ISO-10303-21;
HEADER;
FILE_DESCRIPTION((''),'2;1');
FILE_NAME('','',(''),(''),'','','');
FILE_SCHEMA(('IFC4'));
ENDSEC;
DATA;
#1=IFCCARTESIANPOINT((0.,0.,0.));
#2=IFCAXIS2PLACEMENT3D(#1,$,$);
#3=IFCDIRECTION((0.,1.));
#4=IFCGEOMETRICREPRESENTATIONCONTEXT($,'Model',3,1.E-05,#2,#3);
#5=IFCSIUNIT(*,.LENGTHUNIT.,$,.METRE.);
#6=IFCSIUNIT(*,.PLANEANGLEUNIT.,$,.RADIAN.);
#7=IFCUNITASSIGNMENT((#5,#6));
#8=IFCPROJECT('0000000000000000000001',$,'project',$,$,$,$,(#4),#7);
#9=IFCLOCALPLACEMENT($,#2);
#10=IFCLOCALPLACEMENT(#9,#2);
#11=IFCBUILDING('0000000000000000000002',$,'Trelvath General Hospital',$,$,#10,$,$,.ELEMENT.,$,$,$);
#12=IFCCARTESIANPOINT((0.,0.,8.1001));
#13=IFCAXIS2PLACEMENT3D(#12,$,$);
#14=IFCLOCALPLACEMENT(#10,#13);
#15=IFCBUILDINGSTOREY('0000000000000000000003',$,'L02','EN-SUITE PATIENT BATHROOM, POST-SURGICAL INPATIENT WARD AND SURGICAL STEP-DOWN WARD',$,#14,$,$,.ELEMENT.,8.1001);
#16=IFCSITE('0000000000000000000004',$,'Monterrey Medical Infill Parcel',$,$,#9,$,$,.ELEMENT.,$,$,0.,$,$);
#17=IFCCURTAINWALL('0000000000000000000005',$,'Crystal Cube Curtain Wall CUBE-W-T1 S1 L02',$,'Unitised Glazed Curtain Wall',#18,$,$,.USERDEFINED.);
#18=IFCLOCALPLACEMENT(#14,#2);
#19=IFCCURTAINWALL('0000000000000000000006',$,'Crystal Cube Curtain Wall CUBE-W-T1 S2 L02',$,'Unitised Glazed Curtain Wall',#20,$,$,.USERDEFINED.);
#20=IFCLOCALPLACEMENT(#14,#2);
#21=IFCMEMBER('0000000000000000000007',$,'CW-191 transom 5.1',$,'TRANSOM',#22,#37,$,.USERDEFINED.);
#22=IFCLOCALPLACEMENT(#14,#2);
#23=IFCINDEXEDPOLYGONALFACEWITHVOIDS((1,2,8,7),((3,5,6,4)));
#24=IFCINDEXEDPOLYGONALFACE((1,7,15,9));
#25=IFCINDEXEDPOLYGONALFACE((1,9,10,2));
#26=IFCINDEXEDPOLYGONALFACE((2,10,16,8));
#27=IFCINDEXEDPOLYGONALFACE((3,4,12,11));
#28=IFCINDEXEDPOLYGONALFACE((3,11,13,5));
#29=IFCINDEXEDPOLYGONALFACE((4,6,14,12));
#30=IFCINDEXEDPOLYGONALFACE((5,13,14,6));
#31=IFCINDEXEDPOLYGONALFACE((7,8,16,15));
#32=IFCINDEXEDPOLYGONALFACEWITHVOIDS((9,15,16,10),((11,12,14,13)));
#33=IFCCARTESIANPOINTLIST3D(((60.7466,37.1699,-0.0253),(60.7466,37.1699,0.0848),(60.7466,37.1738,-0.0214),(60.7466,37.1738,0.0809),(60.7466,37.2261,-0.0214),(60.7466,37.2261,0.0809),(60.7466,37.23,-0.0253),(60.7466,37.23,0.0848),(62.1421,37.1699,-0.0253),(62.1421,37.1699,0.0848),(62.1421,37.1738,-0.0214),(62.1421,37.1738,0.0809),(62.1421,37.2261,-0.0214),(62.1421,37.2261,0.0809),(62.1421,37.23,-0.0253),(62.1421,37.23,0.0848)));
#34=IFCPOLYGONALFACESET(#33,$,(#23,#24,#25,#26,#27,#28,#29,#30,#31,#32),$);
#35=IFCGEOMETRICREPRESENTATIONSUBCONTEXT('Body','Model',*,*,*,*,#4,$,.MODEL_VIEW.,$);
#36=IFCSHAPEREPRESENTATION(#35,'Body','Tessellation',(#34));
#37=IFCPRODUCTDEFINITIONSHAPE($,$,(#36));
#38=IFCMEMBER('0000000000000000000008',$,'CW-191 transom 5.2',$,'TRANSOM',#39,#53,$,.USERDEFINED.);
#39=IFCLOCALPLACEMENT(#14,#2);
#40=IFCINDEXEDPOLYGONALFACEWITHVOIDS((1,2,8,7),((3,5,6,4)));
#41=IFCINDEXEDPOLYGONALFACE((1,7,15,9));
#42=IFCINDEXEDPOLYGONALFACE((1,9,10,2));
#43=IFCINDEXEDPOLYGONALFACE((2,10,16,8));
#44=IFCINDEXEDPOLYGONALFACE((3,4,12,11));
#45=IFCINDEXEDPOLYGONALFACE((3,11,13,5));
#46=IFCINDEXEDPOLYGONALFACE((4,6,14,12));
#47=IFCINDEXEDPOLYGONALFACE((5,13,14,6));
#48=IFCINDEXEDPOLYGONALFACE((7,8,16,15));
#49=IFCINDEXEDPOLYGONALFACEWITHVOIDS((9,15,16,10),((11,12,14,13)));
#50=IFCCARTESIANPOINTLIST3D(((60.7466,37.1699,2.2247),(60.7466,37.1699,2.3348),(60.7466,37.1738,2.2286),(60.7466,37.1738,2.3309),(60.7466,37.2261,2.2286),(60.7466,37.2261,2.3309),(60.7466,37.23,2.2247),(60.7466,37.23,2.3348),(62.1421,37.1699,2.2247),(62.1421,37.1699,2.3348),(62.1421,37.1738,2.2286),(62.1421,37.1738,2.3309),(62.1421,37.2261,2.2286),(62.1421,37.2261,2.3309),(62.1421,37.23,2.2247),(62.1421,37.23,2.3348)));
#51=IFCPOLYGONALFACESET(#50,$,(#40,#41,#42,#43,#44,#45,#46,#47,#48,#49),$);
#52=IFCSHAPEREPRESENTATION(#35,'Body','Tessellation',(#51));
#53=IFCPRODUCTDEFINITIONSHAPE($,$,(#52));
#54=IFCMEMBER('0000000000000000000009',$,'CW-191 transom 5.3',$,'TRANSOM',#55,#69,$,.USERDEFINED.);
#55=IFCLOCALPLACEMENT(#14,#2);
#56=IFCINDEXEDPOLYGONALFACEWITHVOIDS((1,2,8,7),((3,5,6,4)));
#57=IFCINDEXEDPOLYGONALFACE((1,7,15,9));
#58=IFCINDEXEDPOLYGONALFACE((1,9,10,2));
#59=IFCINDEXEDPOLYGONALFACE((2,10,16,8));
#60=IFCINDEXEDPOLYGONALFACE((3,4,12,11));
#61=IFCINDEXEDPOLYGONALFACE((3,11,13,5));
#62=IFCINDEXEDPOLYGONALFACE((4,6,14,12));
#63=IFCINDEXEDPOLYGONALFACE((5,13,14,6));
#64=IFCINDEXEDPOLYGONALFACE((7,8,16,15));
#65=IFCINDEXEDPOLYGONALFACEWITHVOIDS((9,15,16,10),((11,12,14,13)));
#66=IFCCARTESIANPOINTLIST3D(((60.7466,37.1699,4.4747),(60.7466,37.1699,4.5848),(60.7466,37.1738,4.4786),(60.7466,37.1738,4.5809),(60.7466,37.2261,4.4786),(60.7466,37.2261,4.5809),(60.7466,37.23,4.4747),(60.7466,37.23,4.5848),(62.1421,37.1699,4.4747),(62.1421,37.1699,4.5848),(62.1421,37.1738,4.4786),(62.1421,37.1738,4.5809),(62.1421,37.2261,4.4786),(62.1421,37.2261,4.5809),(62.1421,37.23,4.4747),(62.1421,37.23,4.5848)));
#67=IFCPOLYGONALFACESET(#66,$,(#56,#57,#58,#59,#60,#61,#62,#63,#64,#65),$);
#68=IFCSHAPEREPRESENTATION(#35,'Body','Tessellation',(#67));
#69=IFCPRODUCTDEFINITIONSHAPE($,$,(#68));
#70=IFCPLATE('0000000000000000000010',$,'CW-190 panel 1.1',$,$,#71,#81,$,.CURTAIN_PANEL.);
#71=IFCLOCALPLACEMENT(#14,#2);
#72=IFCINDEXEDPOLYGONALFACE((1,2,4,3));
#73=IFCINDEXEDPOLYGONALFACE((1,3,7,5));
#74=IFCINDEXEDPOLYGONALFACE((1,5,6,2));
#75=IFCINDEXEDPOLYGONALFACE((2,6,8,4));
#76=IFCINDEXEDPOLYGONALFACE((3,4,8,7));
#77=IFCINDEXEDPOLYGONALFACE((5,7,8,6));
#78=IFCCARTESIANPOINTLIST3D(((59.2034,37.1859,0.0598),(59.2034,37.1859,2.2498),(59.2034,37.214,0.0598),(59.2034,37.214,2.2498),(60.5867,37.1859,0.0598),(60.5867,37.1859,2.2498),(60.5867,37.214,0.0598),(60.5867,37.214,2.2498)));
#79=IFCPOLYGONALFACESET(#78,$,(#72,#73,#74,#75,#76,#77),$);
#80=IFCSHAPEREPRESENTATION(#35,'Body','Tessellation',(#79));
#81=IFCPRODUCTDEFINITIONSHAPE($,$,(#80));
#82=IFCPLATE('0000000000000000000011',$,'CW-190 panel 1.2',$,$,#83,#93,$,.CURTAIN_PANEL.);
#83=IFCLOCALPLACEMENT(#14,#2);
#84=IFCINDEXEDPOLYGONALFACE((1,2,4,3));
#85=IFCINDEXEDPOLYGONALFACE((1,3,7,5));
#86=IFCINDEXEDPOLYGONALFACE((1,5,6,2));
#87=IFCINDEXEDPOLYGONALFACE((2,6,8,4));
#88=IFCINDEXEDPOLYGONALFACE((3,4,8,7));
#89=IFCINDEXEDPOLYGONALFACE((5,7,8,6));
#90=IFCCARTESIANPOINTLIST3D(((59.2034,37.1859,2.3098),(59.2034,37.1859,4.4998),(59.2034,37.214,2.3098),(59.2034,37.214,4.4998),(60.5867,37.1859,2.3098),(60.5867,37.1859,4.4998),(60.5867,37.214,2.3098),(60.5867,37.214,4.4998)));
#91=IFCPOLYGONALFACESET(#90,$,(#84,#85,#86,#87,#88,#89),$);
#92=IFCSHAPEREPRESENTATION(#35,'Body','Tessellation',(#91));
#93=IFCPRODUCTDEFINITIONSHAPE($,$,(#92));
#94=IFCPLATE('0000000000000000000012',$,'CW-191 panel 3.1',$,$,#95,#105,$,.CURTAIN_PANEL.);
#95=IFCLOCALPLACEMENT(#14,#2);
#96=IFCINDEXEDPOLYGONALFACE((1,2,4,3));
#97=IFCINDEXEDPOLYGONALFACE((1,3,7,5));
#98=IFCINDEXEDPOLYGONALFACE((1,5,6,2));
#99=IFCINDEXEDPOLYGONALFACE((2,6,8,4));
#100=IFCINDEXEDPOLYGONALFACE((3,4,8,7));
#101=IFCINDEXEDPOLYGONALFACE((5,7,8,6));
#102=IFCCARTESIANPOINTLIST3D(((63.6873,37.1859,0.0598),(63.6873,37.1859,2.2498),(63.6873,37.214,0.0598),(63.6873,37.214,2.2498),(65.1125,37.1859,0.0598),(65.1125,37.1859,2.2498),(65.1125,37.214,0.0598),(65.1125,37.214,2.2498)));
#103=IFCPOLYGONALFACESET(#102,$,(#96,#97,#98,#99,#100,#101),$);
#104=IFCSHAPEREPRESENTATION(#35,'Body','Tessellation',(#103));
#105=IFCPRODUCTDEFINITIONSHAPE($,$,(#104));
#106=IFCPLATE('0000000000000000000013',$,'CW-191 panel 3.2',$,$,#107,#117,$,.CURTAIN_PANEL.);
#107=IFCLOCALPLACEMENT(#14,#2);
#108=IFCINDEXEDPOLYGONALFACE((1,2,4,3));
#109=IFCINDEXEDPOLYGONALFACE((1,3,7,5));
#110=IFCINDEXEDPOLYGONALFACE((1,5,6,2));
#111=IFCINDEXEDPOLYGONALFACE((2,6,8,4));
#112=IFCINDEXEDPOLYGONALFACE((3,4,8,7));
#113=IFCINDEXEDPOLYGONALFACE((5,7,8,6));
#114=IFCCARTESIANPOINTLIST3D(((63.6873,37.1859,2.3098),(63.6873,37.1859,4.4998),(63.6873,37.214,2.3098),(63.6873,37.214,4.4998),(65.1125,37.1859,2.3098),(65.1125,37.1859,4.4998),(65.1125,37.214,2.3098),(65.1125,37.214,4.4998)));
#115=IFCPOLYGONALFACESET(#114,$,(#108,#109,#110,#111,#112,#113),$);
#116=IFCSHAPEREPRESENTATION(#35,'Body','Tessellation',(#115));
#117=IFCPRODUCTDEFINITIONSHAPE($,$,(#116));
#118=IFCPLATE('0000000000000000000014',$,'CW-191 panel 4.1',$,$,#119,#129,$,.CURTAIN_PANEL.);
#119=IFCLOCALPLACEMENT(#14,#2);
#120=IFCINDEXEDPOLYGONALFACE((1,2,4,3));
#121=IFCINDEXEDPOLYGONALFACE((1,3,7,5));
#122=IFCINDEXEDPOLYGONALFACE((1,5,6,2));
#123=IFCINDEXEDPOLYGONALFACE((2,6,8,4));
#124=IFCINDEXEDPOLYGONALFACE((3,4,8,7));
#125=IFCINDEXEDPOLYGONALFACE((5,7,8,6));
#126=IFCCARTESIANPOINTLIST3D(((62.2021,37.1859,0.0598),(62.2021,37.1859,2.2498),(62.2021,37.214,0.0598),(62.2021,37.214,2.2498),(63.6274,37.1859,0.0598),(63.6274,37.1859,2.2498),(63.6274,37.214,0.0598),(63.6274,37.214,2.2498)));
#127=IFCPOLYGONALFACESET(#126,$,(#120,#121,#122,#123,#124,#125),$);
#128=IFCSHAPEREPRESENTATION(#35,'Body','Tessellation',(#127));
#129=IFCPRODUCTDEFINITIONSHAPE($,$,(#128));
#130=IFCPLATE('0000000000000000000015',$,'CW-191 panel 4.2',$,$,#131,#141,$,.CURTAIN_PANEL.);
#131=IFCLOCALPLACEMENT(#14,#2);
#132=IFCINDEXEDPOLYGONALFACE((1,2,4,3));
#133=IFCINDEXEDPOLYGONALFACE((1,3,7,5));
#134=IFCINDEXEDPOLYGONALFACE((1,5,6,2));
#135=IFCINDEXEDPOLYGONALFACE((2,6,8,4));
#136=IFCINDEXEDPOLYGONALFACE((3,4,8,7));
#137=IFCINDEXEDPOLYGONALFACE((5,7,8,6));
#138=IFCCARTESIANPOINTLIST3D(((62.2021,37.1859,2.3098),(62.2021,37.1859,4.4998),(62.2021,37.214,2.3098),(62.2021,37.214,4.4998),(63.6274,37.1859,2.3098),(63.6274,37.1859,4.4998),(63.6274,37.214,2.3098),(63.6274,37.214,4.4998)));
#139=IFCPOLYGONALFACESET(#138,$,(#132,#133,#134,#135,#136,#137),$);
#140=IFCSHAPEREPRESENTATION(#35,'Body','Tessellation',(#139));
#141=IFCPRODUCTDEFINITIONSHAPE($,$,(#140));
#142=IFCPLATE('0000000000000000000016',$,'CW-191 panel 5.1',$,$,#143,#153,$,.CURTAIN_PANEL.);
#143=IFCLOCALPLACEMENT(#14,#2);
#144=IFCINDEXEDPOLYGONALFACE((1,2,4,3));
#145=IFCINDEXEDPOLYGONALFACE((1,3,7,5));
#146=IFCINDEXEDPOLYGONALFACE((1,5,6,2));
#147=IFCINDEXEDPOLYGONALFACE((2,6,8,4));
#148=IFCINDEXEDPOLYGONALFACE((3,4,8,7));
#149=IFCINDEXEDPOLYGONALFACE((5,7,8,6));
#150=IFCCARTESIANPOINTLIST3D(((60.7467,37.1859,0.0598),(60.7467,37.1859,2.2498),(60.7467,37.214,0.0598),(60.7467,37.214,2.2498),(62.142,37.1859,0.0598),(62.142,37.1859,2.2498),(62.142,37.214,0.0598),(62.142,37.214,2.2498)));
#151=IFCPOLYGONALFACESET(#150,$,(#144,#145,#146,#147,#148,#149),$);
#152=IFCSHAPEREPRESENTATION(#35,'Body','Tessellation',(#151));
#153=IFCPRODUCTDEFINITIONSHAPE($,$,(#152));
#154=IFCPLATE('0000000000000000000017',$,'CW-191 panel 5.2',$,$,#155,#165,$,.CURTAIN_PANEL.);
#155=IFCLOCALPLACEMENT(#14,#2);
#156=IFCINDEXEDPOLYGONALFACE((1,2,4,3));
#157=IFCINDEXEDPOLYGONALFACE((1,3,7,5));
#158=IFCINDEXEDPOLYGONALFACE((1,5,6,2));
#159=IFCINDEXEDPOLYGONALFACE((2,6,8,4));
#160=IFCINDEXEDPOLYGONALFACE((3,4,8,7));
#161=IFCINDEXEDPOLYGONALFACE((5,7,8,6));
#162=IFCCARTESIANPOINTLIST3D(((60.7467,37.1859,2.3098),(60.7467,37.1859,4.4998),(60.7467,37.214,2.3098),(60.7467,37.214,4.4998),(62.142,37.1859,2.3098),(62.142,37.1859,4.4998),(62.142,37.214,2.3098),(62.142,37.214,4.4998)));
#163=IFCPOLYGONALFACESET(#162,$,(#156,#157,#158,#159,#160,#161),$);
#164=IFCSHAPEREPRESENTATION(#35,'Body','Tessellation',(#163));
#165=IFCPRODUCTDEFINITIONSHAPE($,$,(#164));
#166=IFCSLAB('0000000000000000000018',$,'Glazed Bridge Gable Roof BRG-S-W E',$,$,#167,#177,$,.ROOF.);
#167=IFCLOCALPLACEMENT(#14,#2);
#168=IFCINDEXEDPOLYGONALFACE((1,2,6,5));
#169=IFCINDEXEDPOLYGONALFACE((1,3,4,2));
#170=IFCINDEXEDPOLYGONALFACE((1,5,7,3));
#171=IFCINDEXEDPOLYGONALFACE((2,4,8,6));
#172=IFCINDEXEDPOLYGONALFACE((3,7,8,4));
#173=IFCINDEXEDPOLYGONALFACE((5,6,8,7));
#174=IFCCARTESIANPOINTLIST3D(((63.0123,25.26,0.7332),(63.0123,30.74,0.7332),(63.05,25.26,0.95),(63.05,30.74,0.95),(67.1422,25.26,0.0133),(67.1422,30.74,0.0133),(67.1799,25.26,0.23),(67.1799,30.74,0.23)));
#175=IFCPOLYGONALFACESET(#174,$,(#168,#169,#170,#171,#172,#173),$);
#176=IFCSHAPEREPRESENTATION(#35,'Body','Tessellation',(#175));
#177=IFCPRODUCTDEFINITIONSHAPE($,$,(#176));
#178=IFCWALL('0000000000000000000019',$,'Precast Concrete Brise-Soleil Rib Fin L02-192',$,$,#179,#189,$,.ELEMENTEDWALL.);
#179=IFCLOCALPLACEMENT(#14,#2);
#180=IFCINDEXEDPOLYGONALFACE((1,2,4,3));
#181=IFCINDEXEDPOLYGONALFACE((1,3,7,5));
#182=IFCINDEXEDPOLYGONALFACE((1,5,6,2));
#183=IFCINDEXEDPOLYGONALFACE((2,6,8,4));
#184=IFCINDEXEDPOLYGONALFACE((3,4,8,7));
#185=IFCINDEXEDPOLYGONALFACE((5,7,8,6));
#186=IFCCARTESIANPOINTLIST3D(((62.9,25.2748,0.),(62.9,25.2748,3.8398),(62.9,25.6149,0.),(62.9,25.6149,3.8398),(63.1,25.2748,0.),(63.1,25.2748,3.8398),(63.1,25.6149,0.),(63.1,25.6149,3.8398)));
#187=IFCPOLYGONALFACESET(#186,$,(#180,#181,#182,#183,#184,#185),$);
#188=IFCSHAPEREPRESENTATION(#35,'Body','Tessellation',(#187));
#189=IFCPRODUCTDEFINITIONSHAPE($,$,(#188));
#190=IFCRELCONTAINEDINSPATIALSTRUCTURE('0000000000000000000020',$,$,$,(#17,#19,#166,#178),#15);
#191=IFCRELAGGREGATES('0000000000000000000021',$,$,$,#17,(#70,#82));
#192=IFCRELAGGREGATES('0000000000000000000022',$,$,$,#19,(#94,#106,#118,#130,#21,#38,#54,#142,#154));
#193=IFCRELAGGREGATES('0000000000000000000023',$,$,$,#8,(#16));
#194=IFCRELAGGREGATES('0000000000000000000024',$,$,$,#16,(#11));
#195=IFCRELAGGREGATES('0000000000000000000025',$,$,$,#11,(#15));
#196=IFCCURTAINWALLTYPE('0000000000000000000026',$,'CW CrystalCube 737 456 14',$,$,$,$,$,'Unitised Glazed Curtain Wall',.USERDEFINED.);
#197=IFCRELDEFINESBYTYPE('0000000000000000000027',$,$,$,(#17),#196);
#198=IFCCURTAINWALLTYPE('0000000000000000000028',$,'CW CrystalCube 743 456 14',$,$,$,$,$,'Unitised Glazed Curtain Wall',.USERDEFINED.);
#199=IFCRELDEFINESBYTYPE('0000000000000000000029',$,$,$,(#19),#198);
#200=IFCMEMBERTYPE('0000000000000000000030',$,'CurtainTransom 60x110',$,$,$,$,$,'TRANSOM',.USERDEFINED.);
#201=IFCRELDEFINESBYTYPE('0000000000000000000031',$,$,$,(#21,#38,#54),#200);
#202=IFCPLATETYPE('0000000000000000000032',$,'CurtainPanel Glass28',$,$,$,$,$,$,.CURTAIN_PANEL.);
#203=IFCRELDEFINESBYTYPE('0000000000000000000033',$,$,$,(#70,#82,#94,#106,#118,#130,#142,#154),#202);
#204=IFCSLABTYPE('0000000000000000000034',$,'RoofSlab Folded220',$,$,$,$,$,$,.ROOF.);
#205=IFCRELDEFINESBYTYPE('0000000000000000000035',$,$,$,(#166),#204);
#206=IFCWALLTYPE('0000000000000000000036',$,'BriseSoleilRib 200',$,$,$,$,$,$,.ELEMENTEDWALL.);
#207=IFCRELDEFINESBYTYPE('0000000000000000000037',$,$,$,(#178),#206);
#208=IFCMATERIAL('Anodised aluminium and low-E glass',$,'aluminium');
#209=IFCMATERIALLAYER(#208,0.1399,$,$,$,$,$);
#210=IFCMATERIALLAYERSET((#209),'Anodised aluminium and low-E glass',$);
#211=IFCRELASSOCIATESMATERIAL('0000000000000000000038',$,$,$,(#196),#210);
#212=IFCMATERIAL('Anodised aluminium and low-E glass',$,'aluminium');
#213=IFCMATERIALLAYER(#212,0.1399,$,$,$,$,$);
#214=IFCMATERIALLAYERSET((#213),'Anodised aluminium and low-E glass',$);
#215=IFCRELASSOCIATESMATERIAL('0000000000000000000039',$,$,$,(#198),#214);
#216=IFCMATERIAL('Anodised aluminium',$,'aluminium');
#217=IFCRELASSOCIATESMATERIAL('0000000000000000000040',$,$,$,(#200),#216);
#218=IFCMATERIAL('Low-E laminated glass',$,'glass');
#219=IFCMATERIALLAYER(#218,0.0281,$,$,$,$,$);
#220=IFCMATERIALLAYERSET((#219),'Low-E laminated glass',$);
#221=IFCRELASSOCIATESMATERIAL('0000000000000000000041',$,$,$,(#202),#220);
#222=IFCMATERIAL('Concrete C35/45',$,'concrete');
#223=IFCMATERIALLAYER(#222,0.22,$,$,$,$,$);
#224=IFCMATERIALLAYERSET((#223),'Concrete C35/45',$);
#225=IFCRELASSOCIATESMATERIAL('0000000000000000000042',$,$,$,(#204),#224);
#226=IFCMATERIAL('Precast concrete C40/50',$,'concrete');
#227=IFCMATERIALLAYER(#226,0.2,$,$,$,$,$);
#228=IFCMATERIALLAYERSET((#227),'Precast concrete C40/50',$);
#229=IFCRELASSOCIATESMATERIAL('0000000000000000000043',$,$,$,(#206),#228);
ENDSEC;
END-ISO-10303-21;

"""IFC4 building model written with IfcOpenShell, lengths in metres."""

from ifc_helpers import new_model, si_unit, direction, frame, frame_2d, origin, origin_2d, place, context, subcontext, project, spatial, polyline, rectangle, hollow_rectangle, outline, extrude, material, layer, layer_set, material_profile, profile_set, type_object, element, aggregate, save


model = new_model("IFC4")

# Units and contexts
model_context = context("Model", 3, precision=1e-05, world=origin(), true_north=direction((0.0, 1.0)))
body_context = subcontext(model_context, "Body", "Model", "MODEL_VIEW")
ifc_project = project(units=[si_unit("LENGTHUNIT", "METRE"), si_unit("PLANEANGLEUNIT", "RADIAN")], contexts=[model_context])

# Site, building, storey
site_placement = place(None, origin())
site = spatial("IfcSite", under=ifc_project, at=site_placement, Name="Monterrey Medical Infill Parcel", CompositionType="ELEMENT", RefElevation=0.0)
building_placement = place(site_placement, origin())
building = spatial("IfcBuilding", under=site, at=building_placement, Name="Trelvath General Hospital", CompositionType="ELEMENT")
storey_placement = place(building_placement, frame((0.0, 0.0, 8.1001)))
storey = spatial("IfcBuildingStorey", under=building, at=storey_placement, Name="L02", Description="EN-SUITE PATIENT BATHROOM, POST-SURGICAL INPATIENT WARD AND SURGICAL STEP-DOWN WARD", CompositionType="ELEMENT", Elevation=8.1001)

# Curtain walls
ifc_material_1 = material(Name="Anodised aluminium and low-E glass", Category="aluminium")
ifc_layer_1 = layer(ifc_material_1, 0.1399)
ifc_layer_set_1 = layer_set([ifc_layer_1], Name="Anodised aluminium and low-E glass")
curtain_wall_type_1 = type_object("IfcCurtainWallType", Name="CW CrystalCube 737 456 14", ElementType="Unitised Glazed Curtain Wall", PredefinedType="USERDEFINED", material=ifc_layer_set_1)
curtain_wall_1_placement = place(storey_placement, origin())
curtain_wall_1 = element("IfcCurtainWall", 1, at=curtain_wall_1_placement, inside=storey, type_object=curtain_wall_type_1, Name="Crystal Cube Curtain Wall CUBE-W-T1 S1 L02", ObjectType="Unitised Glazed Curtain Wall", PredefinedType="USERDEFINED")
ifc_material_2 = material(Name="Anodised aluminium and low-E glass", Category="aluminium")
ifc_layer_2 = layer(ifc_material_2, 0.1399)
ifc_layer_set_2 = layer_set([ifc_layer_2], Name="Anodised aluminium and low-E glass")
curtain_wall_type_2 = type_object("IfcCurtainWallType", Name="CW CrystalCube 743 456 14", ElementType="Unitised Glazed Curtain Wall", PredefinedType="USERDEFINED", material=ifc_layer_set_2)
curtain_wall_2_placement = place(storey_placement, origin())
curtain_wall_2 = element("IfcCurtainWall", 2, at=curtain_wall_2_placement, inside=storey, type_object=curtain_wall_type_2, Name="Crystal Cube Curtain Wall CUBE-W-T1 S2 L02", ObjectType="Unitised Glazed Curtain Wall", PredefinedType="USERDEFINED")

# Members
ifc_material_3 = material(Name="Anodised aluminium", Category="aluminium")
ifc_material_profile_1 = material_profile(ifc_material_3, hollow_rectangle(XDim=0.0601, YDim=0.1101, WallThickness=0.0039, at=origin_2d()), Name="RHS60x110x4")
ifc_profile_set_1 = profile_set([ifc_material_profile_1], Name="Anodised aluminium")
member_type_1 = type_object("IfcMemberType", Name="CurtainTransom 60x110", ElementType="TRANSOM", PredefinedType="USERDEFINED", material=ifc_profile_set_1)
member_1_placement = place(storey_placement, frame((62.1421, 37.2, 0.0298), z_axis=(-1.0, 0.0, 0.0), x_axis=(0.0, -1.0, 0.0)))
member_1 = element("IfcMember", 3, at=member_1_placement, type_object=member_type_1, Name="CW-191 transom 5.1", ObjectType="TRANSOM", PredefinedType="USERDEFINED", context=body_context, shape_type="SweptSolid", body=[
    extrude(hollow_rectangle(XDim=0.0601, YDim=0.1101, WallThickness=0.0039, at=origin_2d()), origin(), (0.0, 0.0, 1.0), 1.3955),
])
member_2_placement = place(storey_placement, frame((62.1421, 37.2, 2.2798), z_axis=(-1.0, 0.0, 0.0), x_axis=(0.0, -1.0, 0.0)))
member_2 = element("IfcMember", 4, at=member_2_placement, type_object=member_type_1, Name="CW-191 transom 5.2", ObjectType="TRANSOM", PredefinedType="USERDEFINED", context=body_context, shape_type="SweptSolid", body=[
    extrude(hollow_rectangle(XDim=0.0601, YDim=0.1101, WallThickness=0.0039, at=origin_2d()), origin(), (0.0, 0.0, 1.0), 1.3955),
])
member_3_placement = place(storey_placement, frame((62.1421, 37.2, 4.5298), z_axis=(-1.0, 0.0, 0.0), x_axis=(0.0, -1.0, 0.0)))
member_3 = element("IfcMember", 5, at=member_3_placement, type_object=member_type_1, Name="CW-191 transom 5.3", ObjectType="TRANSOM", PredefinedType="USERDEFINED", context=body_context, shape_type="SweptSolid", body=[
    extrude(hollow_rectangle(XDim=0.0601, YDim=0.1101, WallThickness=0.0039, at=origin_2d()), origin(), (0.0, 0.0, 1.0), 1.3955),
])

# Plates
ifc_material_4 = material(Name="Low-E laminated glass", Category="glass")
ifc_layer_3 = layer(ifc_material_4, 0.0281)
ifc_layer_set_3 = layer_set([ifc_layer_3], Name="Low-E laminated glass")
plate_type = type_object("IfcPlateType", Name="CurtainPanel Glass28", PredefinedType="CURTAIN_PANEL", material=ifc_layer_set_3)
plate_1_placement = place(storey_placement, frame((59.895, 37.2, 0.0598), z_axis=(0.0, 0.0, 1.0), x_axis=(-1.0, 0.0, 0.0)))
plate_1 = element("IfcPlate", 6, at=plate_1_placement, type_object=plate_type, Name="CW-190 panel 1.1", PredefinedType="CURTAIN_PANEL", context=body_context, shape_type="SweptSolid", body=[
    extrude(rectangle(XDim=1.3833, YDim=0.0281, at=origin_2d()), origin(), (0.0, 0.0, 1.0), 2.1899),
])
plate_2_placement = place(storey_placement, frame((59.895, 37.2, 2.3098), z_axis=(0.0, 0.0, 1.0), x_axis=(-1.0, 0.0, 0.0)))
plate_2 = element("IfcPlate", 7, at=plate_2_placement, type_object=plate_type, Name="CW-190 panel 1.2", PredefinedType="CURTAIN_PANEL", context=body_context, shape_type="SweptSolid", body=[
    extrude(rectangle(XDim=1.3833, YDim=0.0281, at=origin_2d()), origin(), (0.0, 0.0, 1.0), 2.1899),
])
aggregate(curtain_wall_1, [plate_1, plate_2])
plate_3_placement = place(storey_placement, frame((64.3999, 37.2, 0.0598), z_axis=(0.0, 0.0, 1.0), x_axis=(-1.0, 0.0, 0.0)))
plate_3 = element("IfcPlate", 8, at=plate_3_placement, type_object=plate_type, Name="CW-191 panel 3.1", PredefinedType="CURTAIN_PANEL", context=body_context, shape_type="SweptSolid", body=[
    extrude(rectangle(XDim=1.4253, YDim=0.0281, at=origin_2d()), origin(), (0.0, 0.0, 1.0), 2.1899),
])
plate_4_placement = place(storey_placement, frame((64.3999, 37.2, 2.3098), z_axis=(0.0, 0.0, 1.0), x_axis=(-1.0, 0.0, 0.0)))
plate_4 = element("IfcPlate", 9, at=plate_4_placement, type_object=plate_type, Name="CW-191 panel 3.2", PredefinedType="CURTAIN_PANEL", context=body_context, shape_type="SweptSolid", body=[
    extrude(rectangle(XDim=1.4253, YDim=0.0281, at=origin_2d()), origin(), (0.0, 0.0, 1.0), 2.1899),
])
plate_5_placement = place(storey_placement, frame((62.9148, 37.2, 0.0598), z_axis=(0.0, 0.0, 1.0), x_axis=(-1.0, 0.0, 0.0)))
plate_5 = element("IfcPlate", 10, at=plate_5_placement, type_object=plate_type, Name="CW-191 panel 4.1", PredefinedType="CURTAIN_PANEL", context=body_context, shape_type="SweptSolid", body=[
    extrude(rectangle(XDim=1.4253, YDim=0.0281, at=origin_2d()), origin(), (0.0, 0.0, 1.0), 2.1899),
])
plate_6_placement = place(storey_placement, frame((62.9148, 37.2, 2.3098), z_axis=(0.0, 0.0, 1.0), x_axis=(-1.0, 0.0, 0.0)))
plate_6 = element("IfcPlate", 11, at=plate_6_placement, type_object=plate_type, Name="CW-191 panel 4.2", PredefinedType="CURTAIN_PANEL", context=body_context, shape_type="SweptSolid", body=[
    extrude(rectangle(XDim=1.4253, YDim=0.0281, at=origin_2d()), origin(), (0.0, 0.0, 1.0), 2.1899),
])
plate_7_placement = place(storey_placement, frame((61.4443, 37.2, 0.0598), z_axis=(0.0, 0.0, 1.0), x_axis=(-1.0, 0.0, 0.0)))
plate_7 = element("IfcPlate", 12, at=plate_7_placement, type_object=plate_type, Name="CW-191 panel 5.1", PredefinedType="CURTAIN_PANEL", context=body_context, shape_type="SweptSolid", body=[
    extrude(rectangle(XDim=1.3953, YDim=0.0281, at=origin_2d()), origin(), (0.0, 0.0, 1.0), 2.1899),
])
plate_8_placement = place(storey_placement, frame((61.4443, 37.2, 2.3098), z_axis=(0.0, 0.0, 1.0), x_axis=(-1.0, 0.0, 0.0)))
plate_8 = element("IfcPlate", 13, at=plate_8_placement, type_object=plate_type, Name="CW-191 panel 5.2", PredefinedType="CURTAIN_PANEL", context=body_context, shape_type="SweptSolid", body=[
    extrude(rectangle(XDim=1.3953, YDim=0.0281, at=origin_2d()), origin(), (0.0, 0.0, 1.0), 2.1899),
])
aggregate(curtain_wall_2, [plate_3, plate_4, plate_5, plate_6, member_1, member_2, member_3, plate_7, plate_8])

# Slab
ifc_material_5 = material(Name="Concrete C35/45", Category="concrete")
ifc_layer_4 = layer(ifc_material_5, 0.22)
ifc_layer_set_4 = layer_set([ifc_layer_4], Name="Concrete C35/45")
slab_type = type_object("IfcSlabType", Name="RoofSlab Folded220", PredefinedType="ROOF", material=ifc_layer_set_4)
slab_placement = place(storey_placement, frame((63.05, 25.26, 0.95), z_axis=(0.171742, 0.0, 0.985142), x_axis=(0.985142, 0.0, -0.171742)))
element("IfcSlab", 14, at=slab_placement, inside=storey, type_object=slab_type, Name="Glazed Bridge Gable Roof BRG-S-W E", PredefinedType="ROOF", context=body_context, shape_type="SweptSolid", body=[
    extrude(outline(polyline([(0.0, 0.0), (4.1922, 0.0), (4.1922, 5.48), (0.0, 5.48), (0.0, 0.0)])), origin(), (0.0, 0.0, -1.0), 0.22),
])

# Wall
ifc_material_6 = material(Name="Precast concrete C40/50", Category="concrete")
ifc_layer_5 = layer(ifc_material_6, 0.2)
ifc_layer_set_5 = layer_set([ifc_layer_5], Name="Precast concrete C40/50")
wall_type = type_object("IfcWallType", Name="BriseSoleilRib 200", PredefinedType="ELEMENTEDWALL", material=ifc_layer_set_5)
for number, where, z_axis, x_axis, name in (
    (15, (63.0, 25.2749, 0.0), (0.0, 0.0, 1.0), (0.0, 1.0, 0.0), "Precast Concrete Brise-Soleil Rib Fin L02-192"),
):
    element("IfcWall", number, at=place(storey_placement, frame(where, z_axis=z_axis, x_axis=x_axis)), inside=storey, type_object=wall_type, Name=name, PredefinedType="ELEMENTEDWALL", context=body_context, shape_type="SweptSolid", body=[
        extrude(rectangle(XDim=0.3401, YDim=0.2, at=frame_2d((0.1699, 0.0))), origin(), (0.0, 0.0, 1.0), 3.8398),
    ])

save(model, "model.ifc")
